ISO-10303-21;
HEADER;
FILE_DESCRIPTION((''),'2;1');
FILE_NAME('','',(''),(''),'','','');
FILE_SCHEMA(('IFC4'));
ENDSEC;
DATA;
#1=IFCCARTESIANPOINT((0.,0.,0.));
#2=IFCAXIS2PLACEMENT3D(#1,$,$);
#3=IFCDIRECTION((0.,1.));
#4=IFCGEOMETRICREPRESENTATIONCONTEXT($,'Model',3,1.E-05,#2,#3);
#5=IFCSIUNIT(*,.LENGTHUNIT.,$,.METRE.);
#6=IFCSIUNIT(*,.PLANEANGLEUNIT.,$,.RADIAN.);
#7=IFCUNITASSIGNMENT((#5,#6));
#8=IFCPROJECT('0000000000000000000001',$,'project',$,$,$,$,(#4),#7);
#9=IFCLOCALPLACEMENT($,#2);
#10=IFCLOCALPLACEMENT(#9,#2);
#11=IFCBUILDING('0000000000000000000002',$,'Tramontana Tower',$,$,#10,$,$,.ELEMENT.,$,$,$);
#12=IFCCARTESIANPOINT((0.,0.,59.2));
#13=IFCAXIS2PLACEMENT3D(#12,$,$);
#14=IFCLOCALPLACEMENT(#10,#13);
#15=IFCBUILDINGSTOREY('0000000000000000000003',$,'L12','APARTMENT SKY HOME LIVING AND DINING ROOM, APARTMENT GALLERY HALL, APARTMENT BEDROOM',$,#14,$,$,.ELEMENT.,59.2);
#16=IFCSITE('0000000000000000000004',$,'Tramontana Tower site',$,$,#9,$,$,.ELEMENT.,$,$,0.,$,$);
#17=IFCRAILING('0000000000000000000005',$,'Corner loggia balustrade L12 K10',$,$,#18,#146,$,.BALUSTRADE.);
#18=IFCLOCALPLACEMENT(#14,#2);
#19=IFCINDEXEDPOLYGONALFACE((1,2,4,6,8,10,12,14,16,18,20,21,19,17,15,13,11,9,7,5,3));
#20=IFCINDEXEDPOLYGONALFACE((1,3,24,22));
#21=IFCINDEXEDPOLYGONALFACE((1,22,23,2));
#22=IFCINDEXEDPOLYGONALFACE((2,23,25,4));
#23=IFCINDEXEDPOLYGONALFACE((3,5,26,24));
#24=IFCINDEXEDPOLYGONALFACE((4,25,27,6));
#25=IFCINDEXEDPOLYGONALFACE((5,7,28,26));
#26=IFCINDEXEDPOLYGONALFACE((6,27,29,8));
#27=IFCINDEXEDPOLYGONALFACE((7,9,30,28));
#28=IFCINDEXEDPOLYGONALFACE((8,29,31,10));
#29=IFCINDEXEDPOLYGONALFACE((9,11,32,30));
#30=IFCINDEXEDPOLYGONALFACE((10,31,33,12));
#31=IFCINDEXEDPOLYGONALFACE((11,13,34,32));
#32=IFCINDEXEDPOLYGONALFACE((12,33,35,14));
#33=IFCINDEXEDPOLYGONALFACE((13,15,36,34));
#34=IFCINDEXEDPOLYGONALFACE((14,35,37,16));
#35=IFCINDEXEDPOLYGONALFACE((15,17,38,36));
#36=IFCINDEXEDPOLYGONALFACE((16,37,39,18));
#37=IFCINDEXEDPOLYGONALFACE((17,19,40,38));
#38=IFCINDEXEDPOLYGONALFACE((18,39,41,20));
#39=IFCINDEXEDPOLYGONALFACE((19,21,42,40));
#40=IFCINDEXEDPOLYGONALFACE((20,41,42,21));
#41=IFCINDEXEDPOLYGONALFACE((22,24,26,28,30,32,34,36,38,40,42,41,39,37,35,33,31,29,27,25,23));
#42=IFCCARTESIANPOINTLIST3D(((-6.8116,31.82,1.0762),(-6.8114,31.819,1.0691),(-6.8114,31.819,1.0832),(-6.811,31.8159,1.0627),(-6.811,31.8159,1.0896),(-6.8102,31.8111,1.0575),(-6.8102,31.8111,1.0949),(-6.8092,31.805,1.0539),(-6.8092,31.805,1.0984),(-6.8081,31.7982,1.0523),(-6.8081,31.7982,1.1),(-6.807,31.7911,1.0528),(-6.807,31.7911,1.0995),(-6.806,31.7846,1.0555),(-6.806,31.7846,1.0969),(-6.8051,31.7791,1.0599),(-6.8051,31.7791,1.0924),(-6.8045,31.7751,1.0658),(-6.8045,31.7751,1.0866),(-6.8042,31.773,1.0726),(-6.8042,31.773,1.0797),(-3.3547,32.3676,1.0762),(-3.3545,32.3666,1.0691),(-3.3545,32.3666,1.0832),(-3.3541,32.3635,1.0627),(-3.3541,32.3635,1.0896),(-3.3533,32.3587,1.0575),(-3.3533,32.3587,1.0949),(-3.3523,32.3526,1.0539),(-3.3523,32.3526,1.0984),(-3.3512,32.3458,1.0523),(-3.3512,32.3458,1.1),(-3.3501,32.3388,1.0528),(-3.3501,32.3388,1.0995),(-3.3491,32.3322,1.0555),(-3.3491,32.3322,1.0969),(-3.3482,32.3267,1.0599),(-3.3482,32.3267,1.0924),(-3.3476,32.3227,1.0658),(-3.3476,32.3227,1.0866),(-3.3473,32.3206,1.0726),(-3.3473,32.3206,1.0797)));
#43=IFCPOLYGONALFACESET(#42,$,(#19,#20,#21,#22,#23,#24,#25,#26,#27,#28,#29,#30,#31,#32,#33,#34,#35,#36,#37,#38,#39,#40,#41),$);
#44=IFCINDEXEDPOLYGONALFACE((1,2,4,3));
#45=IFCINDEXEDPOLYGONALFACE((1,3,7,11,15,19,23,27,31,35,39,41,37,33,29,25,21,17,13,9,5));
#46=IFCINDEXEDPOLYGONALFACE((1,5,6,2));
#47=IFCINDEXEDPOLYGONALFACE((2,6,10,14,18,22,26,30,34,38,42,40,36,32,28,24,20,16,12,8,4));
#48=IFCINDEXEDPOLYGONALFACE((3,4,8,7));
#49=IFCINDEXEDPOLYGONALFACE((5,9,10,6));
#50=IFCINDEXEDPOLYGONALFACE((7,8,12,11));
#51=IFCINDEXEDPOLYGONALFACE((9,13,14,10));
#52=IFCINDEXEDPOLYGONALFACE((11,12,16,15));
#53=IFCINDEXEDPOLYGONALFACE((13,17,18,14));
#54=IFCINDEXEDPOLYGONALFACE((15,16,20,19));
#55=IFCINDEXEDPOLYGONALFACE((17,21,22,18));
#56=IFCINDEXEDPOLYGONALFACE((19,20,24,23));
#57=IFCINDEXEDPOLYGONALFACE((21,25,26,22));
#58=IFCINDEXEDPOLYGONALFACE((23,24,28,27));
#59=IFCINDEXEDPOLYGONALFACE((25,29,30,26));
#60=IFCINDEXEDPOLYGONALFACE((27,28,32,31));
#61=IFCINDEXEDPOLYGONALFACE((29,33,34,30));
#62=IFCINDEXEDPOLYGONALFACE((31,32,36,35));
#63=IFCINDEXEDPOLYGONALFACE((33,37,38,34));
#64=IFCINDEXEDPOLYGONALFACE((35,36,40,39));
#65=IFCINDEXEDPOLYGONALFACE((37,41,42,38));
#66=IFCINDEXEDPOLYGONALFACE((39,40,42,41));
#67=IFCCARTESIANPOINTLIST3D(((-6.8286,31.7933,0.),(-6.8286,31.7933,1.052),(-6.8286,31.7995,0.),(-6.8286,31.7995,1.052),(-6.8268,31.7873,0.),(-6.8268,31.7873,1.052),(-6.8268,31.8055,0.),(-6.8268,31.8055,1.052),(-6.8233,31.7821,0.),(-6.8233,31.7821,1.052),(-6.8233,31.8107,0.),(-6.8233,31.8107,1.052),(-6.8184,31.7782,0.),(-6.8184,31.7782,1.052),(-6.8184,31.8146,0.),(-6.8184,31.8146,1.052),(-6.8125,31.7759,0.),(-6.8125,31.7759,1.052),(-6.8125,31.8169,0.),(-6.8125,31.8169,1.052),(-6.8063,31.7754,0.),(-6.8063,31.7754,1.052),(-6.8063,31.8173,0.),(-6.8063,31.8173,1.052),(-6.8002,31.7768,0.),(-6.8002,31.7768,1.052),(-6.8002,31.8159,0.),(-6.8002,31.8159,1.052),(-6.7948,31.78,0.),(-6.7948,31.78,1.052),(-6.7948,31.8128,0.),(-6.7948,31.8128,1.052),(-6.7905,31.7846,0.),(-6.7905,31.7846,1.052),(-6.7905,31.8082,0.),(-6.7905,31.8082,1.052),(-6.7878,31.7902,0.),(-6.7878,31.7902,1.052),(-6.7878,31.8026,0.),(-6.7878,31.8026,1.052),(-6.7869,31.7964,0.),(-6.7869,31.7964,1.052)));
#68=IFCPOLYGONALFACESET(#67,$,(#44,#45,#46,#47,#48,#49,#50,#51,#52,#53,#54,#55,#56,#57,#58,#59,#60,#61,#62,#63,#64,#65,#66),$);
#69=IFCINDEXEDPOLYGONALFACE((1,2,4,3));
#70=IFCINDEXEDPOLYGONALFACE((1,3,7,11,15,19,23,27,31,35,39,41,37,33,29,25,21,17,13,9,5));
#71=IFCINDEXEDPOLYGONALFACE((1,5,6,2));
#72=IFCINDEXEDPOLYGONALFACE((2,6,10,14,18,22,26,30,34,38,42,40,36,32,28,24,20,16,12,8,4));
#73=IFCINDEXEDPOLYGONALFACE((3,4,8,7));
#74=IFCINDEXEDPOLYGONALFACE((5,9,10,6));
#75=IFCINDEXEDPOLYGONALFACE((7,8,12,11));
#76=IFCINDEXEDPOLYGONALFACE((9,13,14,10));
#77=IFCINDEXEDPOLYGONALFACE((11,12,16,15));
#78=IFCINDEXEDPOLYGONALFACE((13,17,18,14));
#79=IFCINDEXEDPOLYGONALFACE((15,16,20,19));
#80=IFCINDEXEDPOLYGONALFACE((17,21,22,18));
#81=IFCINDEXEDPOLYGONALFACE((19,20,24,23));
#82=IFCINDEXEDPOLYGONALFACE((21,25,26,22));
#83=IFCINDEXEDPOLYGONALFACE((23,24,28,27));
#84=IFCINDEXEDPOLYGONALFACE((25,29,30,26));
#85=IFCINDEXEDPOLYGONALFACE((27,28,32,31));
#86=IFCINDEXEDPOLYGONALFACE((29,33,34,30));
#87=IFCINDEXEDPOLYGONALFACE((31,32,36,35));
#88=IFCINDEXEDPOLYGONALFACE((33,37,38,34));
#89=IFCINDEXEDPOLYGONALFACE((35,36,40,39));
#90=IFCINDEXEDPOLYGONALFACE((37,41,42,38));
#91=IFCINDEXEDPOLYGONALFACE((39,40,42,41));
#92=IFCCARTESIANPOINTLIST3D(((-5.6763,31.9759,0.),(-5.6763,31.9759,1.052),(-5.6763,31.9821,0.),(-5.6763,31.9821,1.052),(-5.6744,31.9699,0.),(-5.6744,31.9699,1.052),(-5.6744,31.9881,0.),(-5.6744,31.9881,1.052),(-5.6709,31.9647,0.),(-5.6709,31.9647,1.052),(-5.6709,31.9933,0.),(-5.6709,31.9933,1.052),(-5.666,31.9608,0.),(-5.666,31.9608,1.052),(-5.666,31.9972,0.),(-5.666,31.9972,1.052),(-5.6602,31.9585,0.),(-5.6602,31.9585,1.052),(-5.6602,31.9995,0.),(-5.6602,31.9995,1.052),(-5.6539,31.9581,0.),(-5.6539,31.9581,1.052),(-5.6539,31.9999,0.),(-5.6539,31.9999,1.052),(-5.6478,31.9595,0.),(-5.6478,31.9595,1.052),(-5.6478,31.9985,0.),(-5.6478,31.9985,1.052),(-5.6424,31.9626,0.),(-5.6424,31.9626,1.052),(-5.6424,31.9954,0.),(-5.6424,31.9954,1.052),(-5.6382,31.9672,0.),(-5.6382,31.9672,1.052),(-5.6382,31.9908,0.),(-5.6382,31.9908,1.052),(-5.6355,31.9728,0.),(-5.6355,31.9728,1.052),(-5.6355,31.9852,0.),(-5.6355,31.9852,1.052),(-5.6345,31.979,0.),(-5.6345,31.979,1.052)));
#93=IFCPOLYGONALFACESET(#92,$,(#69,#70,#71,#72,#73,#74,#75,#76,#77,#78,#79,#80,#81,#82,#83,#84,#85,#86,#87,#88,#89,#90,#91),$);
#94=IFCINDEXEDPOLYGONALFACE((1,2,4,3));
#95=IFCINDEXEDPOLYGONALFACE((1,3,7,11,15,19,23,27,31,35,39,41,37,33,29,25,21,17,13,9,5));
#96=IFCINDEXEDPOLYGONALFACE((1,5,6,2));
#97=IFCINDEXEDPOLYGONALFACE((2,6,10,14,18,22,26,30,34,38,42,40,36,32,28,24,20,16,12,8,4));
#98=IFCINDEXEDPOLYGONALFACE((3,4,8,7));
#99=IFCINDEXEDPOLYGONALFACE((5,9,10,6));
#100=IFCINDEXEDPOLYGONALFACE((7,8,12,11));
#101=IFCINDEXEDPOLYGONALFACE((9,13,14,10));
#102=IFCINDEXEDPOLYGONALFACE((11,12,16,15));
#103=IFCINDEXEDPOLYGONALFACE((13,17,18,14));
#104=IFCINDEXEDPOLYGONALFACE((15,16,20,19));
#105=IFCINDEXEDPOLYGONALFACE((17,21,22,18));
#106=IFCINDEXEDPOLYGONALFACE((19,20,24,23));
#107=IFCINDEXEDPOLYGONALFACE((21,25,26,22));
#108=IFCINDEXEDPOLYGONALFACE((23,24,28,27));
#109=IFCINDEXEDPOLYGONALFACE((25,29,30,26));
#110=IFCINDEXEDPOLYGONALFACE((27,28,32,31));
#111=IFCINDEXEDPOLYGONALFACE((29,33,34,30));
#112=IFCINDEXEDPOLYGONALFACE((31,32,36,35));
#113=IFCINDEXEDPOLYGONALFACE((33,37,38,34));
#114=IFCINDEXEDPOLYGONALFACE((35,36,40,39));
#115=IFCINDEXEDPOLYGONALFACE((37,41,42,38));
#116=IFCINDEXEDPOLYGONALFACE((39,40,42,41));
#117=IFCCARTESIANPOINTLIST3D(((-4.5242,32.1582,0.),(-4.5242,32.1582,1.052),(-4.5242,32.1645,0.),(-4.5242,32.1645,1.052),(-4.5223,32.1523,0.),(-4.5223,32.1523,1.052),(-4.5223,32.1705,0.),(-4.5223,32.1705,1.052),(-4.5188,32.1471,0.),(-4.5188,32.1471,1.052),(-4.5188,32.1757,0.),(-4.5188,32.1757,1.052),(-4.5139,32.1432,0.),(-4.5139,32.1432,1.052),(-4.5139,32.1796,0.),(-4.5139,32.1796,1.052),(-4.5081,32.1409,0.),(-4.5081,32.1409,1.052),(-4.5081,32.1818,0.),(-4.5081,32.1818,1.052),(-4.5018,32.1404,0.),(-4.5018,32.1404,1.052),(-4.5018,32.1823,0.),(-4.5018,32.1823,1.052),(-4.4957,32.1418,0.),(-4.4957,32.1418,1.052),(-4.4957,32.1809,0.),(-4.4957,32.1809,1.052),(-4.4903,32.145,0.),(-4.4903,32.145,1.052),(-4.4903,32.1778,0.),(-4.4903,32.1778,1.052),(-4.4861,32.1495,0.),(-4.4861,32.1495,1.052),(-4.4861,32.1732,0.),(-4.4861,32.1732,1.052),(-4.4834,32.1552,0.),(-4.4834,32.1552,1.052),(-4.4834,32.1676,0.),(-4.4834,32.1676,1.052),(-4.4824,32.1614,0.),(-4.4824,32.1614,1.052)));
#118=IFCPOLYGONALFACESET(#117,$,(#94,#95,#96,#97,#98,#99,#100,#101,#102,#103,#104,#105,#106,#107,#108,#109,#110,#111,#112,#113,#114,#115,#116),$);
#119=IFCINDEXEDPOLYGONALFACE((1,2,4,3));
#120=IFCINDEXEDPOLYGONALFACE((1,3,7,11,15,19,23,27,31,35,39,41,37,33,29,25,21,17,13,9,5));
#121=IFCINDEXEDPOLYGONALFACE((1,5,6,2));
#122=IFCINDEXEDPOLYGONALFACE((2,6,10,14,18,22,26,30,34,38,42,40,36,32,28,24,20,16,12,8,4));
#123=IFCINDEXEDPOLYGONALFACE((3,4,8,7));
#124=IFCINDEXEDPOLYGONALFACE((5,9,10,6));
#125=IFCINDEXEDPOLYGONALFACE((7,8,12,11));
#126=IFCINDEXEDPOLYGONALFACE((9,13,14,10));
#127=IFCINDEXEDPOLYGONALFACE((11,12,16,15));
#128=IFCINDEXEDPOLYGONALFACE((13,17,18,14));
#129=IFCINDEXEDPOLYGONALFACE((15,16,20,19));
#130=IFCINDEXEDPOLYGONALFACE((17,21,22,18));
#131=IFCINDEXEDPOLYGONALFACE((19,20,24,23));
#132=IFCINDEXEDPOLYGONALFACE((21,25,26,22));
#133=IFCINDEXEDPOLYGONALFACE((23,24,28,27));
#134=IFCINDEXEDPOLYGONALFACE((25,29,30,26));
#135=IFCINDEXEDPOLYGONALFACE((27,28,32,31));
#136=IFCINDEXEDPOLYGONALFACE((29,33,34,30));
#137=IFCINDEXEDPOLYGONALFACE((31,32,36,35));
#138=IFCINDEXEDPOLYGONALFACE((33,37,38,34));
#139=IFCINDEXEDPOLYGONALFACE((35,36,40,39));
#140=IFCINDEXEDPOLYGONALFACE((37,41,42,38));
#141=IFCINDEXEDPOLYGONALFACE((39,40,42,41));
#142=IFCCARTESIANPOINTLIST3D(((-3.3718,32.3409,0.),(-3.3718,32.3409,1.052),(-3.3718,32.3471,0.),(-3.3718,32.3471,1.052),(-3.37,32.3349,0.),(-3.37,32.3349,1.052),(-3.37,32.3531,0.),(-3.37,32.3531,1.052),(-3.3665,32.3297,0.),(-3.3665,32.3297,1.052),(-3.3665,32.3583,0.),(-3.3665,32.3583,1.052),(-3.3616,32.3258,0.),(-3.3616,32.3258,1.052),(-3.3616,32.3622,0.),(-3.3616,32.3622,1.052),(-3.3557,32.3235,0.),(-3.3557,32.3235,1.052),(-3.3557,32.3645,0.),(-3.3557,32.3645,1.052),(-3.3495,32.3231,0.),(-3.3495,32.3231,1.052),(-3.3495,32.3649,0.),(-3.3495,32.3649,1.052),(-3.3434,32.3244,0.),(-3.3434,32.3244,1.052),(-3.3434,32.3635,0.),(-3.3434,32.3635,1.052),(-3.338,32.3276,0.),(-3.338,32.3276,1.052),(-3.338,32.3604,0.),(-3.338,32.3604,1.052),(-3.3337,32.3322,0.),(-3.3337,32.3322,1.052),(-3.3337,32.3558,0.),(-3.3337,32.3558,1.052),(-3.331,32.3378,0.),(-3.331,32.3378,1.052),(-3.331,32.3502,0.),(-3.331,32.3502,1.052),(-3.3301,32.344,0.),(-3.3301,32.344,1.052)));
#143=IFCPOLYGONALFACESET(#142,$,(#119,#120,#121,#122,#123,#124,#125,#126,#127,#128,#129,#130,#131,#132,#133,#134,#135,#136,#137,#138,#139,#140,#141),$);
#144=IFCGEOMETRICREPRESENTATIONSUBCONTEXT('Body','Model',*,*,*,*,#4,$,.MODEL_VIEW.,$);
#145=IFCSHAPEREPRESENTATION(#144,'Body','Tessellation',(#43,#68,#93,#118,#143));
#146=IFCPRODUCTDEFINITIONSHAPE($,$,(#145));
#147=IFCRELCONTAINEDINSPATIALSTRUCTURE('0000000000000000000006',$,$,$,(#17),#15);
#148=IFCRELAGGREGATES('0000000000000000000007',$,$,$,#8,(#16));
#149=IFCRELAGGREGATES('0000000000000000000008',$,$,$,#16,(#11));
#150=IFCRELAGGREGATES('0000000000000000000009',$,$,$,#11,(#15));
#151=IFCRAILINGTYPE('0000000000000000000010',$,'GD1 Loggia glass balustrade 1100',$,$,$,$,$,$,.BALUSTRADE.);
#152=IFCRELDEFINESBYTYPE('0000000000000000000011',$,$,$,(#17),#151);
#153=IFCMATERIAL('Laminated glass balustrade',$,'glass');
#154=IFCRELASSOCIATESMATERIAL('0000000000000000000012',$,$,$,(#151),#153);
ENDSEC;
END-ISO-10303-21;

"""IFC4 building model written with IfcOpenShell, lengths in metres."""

from ifc_helpers import new_model, si_unit, direction, frame, origin, origin_2d, place, context, subcontext, project, spatial, circle, extrude, material, type_object, element, save


model = new_model("IFC4")

# Units and contexts
model_context = context("Model", 3, precision=1e-05, world=origin(), true_north=direction((0.0, 1.0)))
body_context = subcontext(model_context, "Body", "Model", "MODEL_VIEW")
ifc_project = project(units=[si_unit("LENGTHUNIT", "METRE"), si_unit("PLANEANGLEUNIT", "RADIAN")], contexts=[model_context])

# Site, building, storey
site_placement = place(None, origin())
site = spatial("IfcSite", under=ifc_project, at=site_placement, Name="Tramontana Tower site", CompositionType="ELEMENT", RefElevation=0.0)
building_placement = place(site_placement, origin())
building = spatial("IfcBuilding", under=site, at=building_placement, Name="Tramontana Tower", CompositionType="ELEMENT")
storey_placement = place(building_placement, frame((0.0, 0.0, 59.2)))
storey = spatial("IfcBuildingStorey", under=building, at=storey_placement, Name="L12", Description="APARTMENT SKY HOME LIVING AND DINING ROOM, APARTMENT GALLERY HALL, APARTMENT BEDROOM", CompositionType="ELEMENT", Elevation=59.2)

# Railing
ifc_material_1 = material(Name="Laminated glass balustrade", Category="glass")
railing_type = type_object("IfcRailingType", Name="GD1 Loggia glass balustrade 1100", PredefinedType="BALUSTRADE", material=ifc_material_1)
railing_1_placement = place(storey_placement, frame((-6.8079, 31.7964, 0.0)))
element("IfcRailing", 1, at=railing_1_placement, inside=storey, type_object=railing_type, Name="Corner loggia balustrade L12 K10", PredefinedType="BALUSTRADE", context=body_context, shape_type="SweptSolid", body=[
    extrude(circle(Radius=0.0239, at=origin_2d()), frame((0.0, 0.0, 1.0762), z_axis=(0.987684, 0.156464, 0.0), x_axis=(-0.156464, 0.987684, 0.0)), (0.0, 0.0, 1.0), 3.5),
    extrude(circle(Radius=0.021, at=origin_2d()), origin(), (0.0, 0.0, 1.0), 1.052),
    extrude(circle(Radius=0.021, at=origin_2d()), frame((1.1523, 0.1826, 0.0)), (0.0, 0.0, 1.0), 1.052),
    extrude(circle(Radius=0.021, at=origin_2d()), frame((2.3044, 0.365, 0.0)), (0.0, 0.0, 1.0), 1.052),
    extrude(circle(Radius=0.021, at=origin_2d()), frame((3.4568, 0.5476, 0.0)), (0.0, 0.0, 1.0), 1.052),
])

save(model, "model.ifc")
